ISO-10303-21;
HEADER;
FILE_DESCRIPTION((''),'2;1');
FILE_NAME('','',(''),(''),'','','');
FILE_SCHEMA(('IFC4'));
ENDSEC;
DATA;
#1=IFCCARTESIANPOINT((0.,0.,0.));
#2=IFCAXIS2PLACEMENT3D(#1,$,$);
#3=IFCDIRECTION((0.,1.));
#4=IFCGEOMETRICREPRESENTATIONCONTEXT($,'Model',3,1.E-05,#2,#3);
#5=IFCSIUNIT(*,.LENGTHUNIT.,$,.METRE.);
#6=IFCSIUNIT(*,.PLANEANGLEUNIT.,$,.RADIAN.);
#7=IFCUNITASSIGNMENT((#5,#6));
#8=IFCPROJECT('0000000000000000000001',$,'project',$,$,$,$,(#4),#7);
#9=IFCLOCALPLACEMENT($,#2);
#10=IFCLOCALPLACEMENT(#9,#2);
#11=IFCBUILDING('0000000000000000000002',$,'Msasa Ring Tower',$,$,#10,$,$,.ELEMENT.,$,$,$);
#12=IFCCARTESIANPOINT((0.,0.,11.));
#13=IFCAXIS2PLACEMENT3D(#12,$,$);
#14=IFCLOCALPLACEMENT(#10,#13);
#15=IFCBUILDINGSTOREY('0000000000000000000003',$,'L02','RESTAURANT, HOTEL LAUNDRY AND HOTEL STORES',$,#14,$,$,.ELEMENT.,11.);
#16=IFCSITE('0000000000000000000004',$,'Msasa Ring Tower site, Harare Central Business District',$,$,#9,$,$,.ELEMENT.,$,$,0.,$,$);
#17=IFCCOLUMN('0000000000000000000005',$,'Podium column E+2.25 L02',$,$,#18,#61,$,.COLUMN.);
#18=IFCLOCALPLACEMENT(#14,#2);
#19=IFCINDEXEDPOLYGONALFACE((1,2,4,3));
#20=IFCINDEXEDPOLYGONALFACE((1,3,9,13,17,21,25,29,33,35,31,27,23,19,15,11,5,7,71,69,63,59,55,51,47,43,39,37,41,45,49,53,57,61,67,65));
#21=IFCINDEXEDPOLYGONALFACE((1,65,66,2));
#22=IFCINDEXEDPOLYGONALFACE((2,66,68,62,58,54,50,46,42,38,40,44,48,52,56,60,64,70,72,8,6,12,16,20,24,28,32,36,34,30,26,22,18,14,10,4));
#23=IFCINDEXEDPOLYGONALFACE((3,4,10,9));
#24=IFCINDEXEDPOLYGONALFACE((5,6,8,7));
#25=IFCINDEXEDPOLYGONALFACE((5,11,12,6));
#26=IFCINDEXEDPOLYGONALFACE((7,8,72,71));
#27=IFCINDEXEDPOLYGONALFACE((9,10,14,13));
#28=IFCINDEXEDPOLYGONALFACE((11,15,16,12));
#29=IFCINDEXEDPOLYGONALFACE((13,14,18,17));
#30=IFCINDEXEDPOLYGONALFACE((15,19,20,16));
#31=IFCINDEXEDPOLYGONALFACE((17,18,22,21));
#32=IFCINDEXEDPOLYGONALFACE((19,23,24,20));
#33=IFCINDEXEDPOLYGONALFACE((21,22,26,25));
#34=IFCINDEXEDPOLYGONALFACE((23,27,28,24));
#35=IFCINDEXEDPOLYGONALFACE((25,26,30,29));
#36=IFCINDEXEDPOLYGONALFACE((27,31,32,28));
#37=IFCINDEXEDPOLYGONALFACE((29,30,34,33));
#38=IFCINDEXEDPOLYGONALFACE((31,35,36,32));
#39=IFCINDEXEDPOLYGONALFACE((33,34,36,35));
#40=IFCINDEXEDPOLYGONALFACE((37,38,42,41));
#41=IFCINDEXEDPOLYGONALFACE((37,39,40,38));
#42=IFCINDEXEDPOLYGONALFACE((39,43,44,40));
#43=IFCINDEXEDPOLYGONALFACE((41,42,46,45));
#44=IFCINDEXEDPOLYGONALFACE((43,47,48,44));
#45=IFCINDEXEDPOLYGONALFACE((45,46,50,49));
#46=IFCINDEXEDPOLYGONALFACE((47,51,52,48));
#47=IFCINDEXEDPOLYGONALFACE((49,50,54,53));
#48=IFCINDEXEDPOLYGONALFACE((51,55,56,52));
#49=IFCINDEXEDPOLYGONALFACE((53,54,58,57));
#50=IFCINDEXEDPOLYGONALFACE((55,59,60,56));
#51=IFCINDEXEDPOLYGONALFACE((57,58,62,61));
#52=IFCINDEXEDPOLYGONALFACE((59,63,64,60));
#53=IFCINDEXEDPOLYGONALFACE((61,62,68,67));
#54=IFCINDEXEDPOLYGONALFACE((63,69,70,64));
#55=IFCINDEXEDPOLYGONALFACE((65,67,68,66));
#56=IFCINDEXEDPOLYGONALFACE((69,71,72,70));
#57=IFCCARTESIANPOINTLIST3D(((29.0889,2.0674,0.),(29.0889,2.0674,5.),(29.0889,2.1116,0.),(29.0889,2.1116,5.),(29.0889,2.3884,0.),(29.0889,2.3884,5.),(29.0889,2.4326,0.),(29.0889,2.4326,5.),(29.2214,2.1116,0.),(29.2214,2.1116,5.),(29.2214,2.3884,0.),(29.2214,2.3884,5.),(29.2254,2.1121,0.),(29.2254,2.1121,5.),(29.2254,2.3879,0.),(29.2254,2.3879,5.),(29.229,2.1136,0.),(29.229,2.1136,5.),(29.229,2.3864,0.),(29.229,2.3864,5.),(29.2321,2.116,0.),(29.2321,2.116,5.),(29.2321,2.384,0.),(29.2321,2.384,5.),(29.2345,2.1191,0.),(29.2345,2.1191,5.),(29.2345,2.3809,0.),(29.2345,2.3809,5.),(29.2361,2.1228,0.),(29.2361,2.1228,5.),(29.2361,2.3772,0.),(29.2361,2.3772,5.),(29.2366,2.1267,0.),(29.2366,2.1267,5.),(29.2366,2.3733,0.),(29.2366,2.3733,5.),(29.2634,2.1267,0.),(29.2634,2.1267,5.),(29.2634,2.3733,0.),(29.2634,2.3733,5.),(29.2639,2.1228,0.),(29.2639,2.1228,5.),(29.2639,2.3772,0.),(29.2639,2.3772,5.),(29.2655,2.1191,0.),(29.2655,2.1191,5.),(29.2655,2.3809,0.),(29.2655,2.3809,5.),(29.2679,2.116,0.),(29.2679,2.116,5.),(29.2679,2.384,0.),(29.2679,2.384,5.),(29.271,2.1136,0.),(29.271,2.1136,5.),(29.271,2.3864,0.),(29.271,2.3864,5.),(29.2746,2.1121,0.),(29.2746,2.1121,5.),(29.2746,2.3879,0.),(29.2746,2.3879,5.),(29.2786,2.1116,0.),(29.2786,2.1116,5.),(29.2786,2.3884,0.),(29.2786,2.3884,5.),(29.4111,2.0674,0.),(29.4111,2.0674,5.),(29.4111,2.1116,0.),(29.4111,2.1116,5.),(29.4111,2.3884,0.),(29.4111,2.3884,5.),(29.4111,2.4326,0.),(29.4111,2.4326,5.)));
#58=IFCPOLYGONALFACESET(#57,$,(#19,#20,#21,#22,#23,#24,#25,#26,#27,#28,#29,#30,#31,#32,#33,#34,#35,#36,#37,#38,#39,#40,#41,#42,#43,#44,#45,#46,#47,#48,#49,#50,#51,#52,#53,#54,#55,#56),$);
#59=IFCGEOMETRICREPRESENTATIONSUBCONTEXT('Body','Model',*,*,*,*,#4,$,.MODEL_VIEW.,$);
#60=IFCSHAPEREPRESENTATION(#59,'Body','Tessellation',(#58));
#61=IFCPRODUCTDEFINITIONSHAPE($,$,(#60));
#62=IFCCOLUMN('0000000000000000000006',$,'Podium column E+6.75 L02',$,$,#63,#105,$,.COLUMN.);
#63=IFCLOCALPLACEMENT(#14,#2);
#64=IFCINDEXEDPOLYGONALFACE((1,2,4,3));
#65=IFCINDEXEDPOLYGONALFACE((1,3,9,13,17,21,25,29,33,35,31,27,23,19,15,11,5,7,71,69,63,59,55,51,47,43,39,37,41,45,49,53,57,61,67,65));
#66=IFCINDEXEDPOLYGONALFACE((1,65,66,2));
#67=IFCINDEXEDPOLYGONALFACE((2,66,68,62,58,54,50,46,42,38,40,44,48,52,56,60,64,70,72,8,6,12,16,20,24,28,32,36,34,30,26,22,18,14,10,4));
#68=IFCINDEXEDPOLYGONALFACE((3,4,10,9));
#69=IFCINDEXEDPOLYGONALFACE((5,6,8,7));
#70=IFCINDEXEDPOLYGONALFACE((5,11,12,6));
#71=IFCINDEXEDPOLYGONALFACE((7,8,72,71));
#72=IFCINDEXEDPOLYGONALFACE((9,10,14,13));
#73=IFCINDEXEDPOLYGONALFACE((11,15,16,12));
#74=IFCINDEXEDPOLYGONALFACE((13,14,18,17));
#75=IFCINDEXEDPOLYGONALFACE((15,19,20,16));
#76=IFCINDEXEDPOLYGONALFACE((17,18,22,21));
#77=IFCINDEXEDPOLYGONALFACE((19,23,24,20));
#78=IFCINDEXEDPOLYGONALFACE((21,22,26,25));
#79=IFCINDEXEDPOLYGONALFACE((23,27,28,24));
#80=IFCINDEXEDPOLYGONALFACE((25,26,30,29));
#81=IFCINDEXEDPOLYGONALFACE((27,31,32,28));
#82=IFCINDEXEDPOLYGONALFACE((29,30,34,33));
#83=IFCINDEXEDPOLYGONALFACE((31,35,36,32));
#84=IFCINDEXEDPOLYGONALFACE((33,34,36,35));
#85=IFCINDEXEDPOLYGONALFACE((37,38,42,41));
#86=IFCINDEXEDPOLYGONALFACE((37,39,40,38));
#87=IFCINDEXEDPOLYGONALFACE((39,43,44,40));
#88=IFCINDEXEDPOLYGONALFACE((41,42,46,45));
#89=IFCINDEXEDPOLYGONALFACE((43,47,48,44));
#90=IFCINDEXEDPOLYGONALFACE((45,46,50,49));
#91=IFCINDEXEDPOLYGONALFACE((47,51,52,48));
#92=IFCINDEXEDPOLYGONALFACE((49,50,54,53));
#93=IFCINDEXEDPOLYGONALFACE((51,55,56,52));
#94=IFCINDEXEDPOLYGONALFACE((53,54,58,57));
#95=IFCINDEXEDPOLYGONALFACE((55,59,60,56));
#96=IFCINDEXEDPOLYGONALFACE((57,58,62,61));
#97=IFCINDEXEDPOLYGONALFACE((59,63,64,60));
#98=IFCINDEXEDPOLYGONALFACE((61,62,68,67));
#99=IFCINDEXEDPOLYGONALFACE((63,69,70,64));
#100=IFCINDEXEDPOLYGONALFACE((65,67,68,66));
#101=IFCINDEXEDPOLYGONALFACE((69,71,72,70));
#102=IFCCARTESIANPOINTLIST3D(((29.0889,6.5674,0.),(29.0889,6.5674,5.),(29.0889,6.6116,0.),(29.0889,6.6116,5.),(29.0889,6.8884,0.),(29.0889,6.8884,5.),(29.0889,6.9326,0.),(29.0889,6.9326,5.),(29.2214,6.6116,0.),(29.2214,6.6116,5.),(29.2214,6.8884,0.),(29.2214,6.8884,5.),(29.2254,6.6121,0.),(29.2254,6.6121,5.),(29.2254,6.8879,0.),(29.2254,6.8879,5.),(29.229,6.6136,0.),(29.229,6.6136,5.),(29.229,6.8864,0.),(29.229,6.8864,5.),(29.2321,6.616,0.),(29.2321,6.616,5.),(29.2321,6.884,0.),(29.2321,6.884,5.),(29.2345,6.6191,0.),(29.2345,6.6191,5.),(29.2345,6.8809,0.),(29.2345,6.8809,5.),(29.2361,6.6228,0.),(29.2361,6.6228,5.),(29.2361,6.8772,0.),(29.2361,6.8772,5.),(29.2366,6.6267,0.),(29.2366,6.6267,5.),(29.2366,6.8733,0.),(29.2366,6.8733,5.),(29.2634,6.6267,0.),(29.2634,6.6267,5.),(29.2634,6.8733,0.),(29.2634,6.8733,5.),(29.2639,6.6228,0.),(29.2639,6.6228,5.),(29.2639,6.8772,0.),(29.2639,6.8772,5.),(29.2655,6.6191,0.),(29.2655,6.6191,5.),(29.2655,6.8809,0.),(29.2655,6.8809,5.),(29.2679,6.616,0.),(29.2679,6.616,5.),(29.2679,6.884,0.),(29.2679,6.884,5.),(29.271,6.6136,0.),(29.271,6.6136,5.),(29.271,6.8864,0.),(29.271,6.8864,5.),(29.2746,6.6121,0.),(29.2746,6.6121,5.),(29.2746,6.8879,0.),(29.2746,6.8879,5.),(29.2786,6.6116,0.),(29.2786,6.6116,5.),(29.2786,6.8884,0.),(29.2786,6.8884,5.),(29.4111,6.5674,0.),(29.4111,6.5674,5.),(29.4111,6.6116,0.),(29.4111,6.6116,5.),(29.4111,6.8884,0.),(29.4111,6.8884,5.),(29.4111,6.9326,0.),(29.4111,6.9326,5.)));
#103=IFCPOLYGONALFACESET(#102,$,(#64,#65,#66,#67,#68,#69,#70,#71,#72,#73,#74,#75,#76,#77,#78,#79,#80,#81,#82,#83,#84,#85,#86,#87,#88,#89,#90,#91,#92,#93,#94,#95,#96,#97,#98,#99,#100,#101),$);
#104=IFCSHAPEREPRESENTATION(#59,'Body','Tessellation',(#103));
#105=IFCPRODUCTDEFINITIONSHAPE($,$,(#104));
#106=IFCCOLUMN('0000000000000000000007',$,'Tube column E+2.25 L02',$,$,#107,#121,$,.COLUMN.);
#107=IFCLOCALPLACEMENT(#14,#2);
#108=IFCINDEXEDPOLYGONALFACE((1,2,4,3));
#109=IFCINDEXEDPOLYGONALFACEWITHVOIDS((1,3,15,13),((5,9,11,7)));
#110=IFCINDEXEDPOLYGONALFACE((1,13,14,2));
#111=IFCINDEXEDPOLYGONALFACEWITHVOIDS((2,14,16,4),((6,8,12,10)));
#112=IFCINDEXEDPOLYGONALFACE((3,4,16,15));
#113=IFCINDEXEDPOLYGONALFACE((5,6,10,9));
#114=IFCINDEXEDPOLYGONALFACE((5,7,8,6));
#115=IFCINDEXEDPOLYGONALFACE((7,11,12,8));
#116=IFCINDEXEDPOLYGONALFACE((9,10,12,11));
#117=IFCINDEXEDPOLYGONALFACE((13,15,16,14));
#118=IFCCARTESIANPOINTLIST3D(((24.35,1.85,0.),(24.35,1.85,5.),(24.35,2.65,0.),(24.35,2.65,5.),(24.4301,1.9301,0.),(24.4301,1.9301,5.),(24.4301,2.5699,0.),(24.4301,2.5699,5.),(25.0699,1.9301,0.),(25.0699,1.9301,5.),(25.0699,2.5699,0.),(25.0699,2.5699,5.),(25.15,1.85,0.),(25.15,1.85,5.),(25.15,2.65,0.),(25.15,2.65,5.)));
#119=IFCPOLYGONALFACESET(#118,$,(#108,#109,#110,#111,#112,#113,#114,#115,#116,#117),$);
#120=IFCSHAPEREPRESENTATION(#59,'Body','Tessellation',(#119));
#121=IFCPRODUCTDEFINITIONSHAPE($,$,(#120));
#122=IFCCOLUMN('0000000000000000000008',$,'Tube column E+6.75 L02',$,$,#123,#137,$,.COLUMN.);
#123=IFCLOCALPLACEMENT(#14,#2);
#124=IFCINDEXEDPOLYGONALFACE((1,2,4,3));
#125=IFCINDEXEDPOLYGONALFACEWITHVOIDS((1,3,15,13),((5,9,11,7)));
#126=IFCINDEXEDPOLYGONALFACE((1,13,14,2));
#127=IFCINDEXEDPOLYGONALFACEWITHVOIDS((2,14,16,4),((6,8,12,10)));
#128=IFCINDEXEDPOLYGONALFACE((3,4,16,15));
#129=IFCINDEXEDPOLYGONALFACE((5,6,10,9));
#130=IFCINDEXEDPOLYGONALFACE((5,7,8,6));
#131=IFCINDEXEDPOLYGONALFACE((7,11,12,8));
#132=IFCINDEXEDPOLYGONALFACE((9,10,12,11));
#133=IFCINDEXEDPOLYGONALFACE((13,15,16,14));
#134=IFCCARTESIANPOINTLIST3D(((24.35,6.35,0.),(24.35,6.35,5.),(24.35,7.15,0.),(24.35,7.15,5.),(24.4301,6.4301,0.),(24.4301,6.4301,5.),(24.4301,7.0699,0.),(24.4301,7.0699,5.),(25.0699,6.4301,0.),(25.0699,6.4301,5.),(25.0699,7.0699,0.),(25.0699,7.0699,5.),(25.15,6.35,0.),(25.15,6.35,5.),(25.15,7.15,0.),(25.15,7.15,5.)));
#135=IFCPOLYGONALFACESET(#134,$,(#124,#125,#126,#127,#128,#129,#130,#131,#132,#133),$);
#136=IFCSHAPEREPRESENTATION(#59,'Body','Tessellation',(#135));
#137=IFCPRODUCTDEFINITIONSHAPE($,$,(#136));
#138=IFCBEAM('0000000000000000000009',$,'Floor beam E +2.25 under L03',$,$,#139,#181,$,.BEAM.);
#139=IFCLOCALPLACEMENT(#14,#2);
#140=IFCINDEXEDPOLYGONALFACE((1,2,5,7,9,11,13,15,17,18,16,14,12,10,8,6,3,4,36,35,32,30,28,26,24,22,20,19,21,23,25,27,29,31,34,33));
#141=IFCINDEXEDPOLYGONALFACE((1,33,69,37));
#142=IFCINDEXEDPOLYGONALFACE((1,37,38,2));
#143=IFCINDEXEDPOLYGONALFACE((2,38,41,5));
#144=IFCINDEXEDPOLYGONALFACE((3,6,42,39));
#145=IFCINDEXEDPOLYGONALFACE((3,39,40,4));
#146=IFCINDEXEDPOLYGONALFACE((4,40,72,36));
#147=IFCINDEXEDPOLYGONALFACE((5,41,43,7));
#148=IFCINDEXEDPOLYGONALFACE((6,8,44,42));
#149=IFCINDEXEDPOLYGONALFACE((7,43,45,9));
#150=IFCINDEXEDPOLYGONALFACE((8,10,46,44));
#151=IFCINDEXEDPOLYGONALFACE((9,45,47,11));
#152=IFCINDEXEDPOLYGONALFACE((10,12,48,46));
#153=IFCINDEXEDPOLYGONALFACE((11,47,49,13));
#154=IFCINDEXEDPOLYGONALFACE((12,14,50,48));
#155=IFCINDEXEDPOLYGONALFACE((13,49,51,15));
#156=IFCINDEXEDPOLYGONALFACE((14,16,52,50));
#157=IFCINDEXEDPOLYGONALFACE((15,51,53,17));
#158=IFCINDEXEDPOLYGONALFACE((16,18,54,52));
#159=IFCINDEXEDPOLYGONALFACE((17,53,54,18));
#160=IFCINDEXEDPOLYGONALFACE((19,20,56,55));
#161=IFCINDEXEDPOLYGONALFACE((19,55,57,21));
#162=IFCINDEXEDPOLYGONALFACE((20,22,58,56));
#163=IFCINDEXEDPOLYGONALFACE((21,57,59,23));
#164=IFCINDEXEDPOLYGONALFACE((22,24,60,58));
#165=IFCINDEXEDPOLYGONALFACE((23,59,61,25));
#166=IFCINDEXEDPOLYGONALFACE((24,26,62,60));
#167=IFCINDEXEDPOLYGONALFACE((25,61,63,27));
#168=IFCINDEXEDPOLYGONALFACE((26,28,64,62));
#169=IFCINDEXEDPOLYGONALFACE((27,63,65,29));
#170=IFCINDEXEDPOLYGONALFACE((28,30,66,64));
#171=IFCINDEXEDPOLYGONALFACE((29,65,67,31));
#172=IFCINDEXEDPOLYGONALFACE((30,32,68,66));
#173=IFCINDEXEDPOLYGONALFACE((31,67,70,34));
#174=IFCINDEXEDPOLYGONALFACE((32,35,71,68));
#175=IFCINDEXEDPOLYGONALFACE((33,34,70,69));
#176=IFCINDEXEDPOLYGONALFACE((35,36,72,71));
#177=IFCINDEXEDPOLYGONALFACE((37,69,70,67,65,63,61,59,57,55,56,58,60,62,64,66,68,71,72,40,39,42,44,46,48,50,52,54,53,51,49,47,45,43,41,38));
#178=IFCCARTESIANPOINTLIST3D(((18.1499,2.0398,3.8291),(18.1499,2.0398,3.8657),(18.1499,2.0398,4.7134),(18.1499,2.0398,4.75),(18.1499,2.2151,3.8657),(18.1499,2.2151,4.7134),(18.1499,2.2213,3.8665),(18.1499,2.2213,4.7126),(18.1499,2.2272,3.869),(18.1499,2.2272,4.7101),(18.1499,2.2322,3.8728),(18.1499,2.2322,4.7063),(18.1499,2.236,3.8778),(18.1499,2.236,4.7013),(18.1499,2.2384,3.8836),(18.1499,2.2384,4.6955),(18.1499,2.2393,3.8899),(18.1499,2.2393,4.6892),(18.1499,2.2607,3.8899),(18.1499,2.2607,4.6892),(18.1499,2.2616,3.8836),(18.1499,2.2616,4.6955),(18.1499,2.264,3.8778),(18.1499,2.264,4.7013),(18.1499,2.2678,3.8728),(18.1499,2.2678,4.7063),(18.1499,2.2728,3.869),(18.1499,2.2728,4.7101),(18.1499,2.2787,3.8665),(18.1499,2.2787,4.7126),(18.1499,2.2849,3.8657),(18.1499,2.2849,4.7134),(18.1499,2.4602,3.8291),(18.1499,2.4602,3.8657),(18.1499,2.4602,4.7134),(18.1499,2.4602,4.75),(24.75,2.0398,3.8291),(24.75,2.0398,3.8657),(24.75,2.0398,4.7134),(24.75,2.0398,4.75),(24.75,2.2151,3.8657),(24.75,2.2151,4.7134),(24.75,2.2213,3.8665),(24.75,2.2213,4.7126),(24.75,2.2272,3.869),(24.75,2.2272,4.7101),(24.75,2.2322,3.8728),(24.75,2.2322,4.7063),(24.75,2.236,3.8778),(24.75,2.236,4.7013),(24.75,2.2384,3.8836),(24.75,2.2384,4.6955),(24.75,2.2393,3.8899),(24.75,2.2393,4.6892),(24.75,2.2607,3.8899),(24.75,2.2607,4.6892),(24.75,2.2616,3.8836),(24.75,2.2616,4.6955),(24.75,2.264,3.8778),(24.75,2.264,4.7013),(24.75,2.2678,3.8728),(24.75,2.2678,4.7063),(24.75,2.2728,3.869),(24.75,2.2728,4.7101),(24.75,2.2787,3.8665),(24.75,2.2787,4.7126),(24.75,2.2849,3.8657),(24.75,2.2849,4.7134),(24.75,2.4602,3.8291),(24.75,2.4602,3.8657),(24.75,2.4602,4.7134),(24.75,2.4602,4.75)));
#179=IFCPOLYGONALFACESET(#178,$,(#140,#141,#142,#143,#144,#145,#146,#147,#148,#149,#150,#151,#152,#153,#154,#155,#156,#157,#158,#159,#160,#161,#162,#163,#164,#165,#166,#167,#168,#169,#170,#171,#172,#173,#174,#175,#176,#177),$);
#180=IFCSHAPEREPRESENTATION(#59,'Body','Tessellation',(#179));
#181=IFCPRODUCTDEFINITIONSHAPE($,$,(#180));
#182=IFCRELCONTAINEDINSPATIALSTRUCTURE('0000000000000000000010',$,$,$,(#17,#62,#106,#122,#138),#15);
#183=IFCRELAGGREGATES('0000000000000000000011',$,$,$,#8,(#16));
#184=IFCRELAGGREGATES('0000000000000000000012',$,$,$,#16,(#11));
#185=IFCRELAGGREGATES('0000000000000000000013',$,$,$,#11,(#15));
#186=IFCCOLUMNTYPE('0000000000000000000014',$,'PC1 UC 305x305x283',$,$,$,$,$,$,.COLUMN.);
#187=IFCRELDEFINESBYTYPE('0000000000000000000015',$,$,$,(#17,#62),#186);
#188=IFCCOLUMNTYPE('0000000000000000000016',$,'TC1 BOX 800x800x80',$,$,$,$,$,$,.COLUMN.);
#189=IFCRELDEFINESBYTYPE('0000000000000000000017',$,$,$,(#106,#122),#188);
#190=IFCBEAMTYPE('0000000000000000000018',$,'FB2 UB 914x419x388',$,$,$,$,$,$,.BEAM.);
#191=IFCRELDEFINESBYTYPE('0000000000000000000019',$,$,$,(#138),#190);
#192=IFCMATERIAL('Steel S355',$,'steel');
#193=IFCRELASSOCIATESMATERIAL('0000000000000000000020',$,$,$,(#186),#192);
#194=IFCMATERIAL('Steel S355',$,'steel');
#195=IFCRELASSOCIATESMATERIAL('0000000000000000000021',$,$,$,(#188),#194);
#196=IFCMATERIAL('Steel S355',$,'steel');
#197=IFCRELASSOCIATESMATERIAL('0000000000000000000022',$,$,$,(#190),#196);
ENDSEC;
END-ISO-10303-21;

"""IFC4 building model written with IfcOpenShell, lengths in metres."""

from ifc_helpers import new_model, si_unit, direction, frame, origin, origin_2d, place, context, subcontext, project, spatial, hollow_rectangle, i_section, extrude, material, material_profile, profile_set, type_object, element, save


model = new_model("IFC4")

# Units and contexts
model_context = context("Model", 3, precision=1e-05, world=origin(), true_north=direction((0.0, 1.0)))
body_context = subcontext(model_context, "Body", "Model", "MODEL_VIEW")
ifc_project = project(units=[si_unit("LENGTHUNIT", "METRE"), si_unit("PLANEANGLEUNIT", "RADIAN")], contexts=[model_context])

# Site, building, storey
site_placement = place(None, origin())
site = spatial("IfcSite", under=ifc_project, at=site_placement, Name="Msasa Ring Tower site, Harare Central Business District", CompositionType="ELEMENT", RefElevation=0.0)
building_placement = place(site_placement, origin())
building = spatial("IfcBuilding", under=site, at=building_placement, Name="Msasa Ring Tower", CompositionType="ELEMENT")
storey_placement = place(building_placement, frame((0.0, 0.0, 11.0)))
storey = spatial("IfcBuildingStorey", under=building, at=storey_placement, Name="L02", Description="RESTAURANT, HOTEL LAUNDRY AND HOTEL STORES", CompositionType="ELEMENT", Elevation=11.0)

# Columns
ifc_material_1 = material(Name="Steel S355", Category="steel")
ifc_material_profile_1 = material_profile(ifc_material_1, i_section(OverallWidth=0.3223, OverallDepth=0.3652, WebThickness=0.0269, FlangeThickness=0.0442, FilletRadius=0.0151, at=origin_2d()), Name="UC 305x305x283")
ifc_profile_set_1 = profile_set([ifc_material_profile_1], Name="Steel S355")
column_type_1 = type_object("IfcColumnType", Name="PC1 UC 305x305x283", PredefinedType="COLUMN", material=ifc_profile_set_1)
for number, where, z_axis, x_axis, name in (
    (1, (29.25, 2.25, 0.0), (0.0, 0.0, 1.0), (1.0, 0.0, 0.0), "Podium column E+2.25 L02"),
    (2, (29.25, 6.75, 0.0), (0.0, 0.0, 1.0), (1.0, 0.0, 0.0), "Podium column E+6.75 L02"),
):
    element("IfcColumn", number, at=place(storey_placement, frame(where, z_axis=z_axis, x_axis=x_axis)), inside=storey, type_object=column_type_1, Name=name, PredefinedType="COLUMN", context=body_context, shape_type="SweptSolid", body=[
        extrude(i_section(OverallWidth=0.3223, OverallDepth=0.3652, WebThickness=0.0269, FlangeThickness=0.0442, FilletRadius=0.0151, at=origin_2d()), origin(), (0.0, 0.0, 1.0), 5.0),
    ])
ifc_material_2 = material(Name="Steel S355", Category="steel")
ifc_material_profile_2 = material_profile(ifc_material_2, hollow_rectangle(XDim=0.8, YDim=0.8, WallThickness=0.0801, at=origin_2d()), Name="BOX 800x800x80")
ifc_profile_set_2 = profile_set([ifc_material_profile_2], Name="Steel S355")
column_type_2 = type_object("IfcColumnType", Name="TC1 BOX 800x800x80", PredefinedType="COLUMN", material=ifc_profile_set_2)
for number, where, z_axis, x_axis, name in (
    (3, (24.75, 2.25, 0.0), (0.0, 0.0, 1.0), (1.0, 0.0, 0.0), "Tube column E+2.25 L02"),
    (4, (24.75, 6.75, 0.0), (0.0, 0.0, 1.0), (1.0, 0.0, 0.0), "Tube column E+6.75 L02"),
):
    element("IfcColumn", number, at=place(storey_placement, frame(where, z_axis=z_axis, x_axis=x_axis)), inside=storey, type_object=column_type_2, Name=name, PredefinedType="COLUMN", context=body_context, shape_type="SweptSolid", body=[
        extrude(hollow_rectangle(XDim=0.8, YDim=0.8, WallThickness=0.0801, at=origin_2d()), origin(), (0.0, 0.0, 1.0), 5.0),
    ])

# Beam
ifc_material_3 = material(Name="Steel S355", Category="steel")
ifc_material_profile_3 = material_profile(ifc_material_3, i_section(OverallWidth=0.4204, OverallDepth=0.9209, WebThickness=0.0215, FlangeThickness=0.0366, FilletRadius=0.0242, at=origin_2d()), Name="UB 914x419x388")
ifc_profile_set_3 = profile_set([ifc_material_profile_3], Name="Steel S355")
beam_type_1 = type_object("IfcBeamType", Name="FB2 UB 914x419x388", PredefinedType="BEAM", material=ifc_profile_set_3)
beam_placement = place(storey_placement, frame((24.75, 2.25, 4.2896), z_axis=(-1.0, 0.0, 0.0), x_axis=(0.0, -1.0, 0.0)))
element("IfcBeam", 5, at=beam_placement, inside=storey, type_object=beam_type_1, Name="Floor beam E +2.25 under L03", PredefinedType="BEAM", context=body_context, shape_type="SweptSolid", body=[
    extrude(i_section(OverallWidth=0.4204, OverallDepth=0.9209, WebThickness=0.0215, FlangeThickness=0.0366, FilletRadius=0.0242, at=origin_2d()), origin(), (0.0, 0.0, 1.0), 6.6001),
])

save(model, "model.ifc")
